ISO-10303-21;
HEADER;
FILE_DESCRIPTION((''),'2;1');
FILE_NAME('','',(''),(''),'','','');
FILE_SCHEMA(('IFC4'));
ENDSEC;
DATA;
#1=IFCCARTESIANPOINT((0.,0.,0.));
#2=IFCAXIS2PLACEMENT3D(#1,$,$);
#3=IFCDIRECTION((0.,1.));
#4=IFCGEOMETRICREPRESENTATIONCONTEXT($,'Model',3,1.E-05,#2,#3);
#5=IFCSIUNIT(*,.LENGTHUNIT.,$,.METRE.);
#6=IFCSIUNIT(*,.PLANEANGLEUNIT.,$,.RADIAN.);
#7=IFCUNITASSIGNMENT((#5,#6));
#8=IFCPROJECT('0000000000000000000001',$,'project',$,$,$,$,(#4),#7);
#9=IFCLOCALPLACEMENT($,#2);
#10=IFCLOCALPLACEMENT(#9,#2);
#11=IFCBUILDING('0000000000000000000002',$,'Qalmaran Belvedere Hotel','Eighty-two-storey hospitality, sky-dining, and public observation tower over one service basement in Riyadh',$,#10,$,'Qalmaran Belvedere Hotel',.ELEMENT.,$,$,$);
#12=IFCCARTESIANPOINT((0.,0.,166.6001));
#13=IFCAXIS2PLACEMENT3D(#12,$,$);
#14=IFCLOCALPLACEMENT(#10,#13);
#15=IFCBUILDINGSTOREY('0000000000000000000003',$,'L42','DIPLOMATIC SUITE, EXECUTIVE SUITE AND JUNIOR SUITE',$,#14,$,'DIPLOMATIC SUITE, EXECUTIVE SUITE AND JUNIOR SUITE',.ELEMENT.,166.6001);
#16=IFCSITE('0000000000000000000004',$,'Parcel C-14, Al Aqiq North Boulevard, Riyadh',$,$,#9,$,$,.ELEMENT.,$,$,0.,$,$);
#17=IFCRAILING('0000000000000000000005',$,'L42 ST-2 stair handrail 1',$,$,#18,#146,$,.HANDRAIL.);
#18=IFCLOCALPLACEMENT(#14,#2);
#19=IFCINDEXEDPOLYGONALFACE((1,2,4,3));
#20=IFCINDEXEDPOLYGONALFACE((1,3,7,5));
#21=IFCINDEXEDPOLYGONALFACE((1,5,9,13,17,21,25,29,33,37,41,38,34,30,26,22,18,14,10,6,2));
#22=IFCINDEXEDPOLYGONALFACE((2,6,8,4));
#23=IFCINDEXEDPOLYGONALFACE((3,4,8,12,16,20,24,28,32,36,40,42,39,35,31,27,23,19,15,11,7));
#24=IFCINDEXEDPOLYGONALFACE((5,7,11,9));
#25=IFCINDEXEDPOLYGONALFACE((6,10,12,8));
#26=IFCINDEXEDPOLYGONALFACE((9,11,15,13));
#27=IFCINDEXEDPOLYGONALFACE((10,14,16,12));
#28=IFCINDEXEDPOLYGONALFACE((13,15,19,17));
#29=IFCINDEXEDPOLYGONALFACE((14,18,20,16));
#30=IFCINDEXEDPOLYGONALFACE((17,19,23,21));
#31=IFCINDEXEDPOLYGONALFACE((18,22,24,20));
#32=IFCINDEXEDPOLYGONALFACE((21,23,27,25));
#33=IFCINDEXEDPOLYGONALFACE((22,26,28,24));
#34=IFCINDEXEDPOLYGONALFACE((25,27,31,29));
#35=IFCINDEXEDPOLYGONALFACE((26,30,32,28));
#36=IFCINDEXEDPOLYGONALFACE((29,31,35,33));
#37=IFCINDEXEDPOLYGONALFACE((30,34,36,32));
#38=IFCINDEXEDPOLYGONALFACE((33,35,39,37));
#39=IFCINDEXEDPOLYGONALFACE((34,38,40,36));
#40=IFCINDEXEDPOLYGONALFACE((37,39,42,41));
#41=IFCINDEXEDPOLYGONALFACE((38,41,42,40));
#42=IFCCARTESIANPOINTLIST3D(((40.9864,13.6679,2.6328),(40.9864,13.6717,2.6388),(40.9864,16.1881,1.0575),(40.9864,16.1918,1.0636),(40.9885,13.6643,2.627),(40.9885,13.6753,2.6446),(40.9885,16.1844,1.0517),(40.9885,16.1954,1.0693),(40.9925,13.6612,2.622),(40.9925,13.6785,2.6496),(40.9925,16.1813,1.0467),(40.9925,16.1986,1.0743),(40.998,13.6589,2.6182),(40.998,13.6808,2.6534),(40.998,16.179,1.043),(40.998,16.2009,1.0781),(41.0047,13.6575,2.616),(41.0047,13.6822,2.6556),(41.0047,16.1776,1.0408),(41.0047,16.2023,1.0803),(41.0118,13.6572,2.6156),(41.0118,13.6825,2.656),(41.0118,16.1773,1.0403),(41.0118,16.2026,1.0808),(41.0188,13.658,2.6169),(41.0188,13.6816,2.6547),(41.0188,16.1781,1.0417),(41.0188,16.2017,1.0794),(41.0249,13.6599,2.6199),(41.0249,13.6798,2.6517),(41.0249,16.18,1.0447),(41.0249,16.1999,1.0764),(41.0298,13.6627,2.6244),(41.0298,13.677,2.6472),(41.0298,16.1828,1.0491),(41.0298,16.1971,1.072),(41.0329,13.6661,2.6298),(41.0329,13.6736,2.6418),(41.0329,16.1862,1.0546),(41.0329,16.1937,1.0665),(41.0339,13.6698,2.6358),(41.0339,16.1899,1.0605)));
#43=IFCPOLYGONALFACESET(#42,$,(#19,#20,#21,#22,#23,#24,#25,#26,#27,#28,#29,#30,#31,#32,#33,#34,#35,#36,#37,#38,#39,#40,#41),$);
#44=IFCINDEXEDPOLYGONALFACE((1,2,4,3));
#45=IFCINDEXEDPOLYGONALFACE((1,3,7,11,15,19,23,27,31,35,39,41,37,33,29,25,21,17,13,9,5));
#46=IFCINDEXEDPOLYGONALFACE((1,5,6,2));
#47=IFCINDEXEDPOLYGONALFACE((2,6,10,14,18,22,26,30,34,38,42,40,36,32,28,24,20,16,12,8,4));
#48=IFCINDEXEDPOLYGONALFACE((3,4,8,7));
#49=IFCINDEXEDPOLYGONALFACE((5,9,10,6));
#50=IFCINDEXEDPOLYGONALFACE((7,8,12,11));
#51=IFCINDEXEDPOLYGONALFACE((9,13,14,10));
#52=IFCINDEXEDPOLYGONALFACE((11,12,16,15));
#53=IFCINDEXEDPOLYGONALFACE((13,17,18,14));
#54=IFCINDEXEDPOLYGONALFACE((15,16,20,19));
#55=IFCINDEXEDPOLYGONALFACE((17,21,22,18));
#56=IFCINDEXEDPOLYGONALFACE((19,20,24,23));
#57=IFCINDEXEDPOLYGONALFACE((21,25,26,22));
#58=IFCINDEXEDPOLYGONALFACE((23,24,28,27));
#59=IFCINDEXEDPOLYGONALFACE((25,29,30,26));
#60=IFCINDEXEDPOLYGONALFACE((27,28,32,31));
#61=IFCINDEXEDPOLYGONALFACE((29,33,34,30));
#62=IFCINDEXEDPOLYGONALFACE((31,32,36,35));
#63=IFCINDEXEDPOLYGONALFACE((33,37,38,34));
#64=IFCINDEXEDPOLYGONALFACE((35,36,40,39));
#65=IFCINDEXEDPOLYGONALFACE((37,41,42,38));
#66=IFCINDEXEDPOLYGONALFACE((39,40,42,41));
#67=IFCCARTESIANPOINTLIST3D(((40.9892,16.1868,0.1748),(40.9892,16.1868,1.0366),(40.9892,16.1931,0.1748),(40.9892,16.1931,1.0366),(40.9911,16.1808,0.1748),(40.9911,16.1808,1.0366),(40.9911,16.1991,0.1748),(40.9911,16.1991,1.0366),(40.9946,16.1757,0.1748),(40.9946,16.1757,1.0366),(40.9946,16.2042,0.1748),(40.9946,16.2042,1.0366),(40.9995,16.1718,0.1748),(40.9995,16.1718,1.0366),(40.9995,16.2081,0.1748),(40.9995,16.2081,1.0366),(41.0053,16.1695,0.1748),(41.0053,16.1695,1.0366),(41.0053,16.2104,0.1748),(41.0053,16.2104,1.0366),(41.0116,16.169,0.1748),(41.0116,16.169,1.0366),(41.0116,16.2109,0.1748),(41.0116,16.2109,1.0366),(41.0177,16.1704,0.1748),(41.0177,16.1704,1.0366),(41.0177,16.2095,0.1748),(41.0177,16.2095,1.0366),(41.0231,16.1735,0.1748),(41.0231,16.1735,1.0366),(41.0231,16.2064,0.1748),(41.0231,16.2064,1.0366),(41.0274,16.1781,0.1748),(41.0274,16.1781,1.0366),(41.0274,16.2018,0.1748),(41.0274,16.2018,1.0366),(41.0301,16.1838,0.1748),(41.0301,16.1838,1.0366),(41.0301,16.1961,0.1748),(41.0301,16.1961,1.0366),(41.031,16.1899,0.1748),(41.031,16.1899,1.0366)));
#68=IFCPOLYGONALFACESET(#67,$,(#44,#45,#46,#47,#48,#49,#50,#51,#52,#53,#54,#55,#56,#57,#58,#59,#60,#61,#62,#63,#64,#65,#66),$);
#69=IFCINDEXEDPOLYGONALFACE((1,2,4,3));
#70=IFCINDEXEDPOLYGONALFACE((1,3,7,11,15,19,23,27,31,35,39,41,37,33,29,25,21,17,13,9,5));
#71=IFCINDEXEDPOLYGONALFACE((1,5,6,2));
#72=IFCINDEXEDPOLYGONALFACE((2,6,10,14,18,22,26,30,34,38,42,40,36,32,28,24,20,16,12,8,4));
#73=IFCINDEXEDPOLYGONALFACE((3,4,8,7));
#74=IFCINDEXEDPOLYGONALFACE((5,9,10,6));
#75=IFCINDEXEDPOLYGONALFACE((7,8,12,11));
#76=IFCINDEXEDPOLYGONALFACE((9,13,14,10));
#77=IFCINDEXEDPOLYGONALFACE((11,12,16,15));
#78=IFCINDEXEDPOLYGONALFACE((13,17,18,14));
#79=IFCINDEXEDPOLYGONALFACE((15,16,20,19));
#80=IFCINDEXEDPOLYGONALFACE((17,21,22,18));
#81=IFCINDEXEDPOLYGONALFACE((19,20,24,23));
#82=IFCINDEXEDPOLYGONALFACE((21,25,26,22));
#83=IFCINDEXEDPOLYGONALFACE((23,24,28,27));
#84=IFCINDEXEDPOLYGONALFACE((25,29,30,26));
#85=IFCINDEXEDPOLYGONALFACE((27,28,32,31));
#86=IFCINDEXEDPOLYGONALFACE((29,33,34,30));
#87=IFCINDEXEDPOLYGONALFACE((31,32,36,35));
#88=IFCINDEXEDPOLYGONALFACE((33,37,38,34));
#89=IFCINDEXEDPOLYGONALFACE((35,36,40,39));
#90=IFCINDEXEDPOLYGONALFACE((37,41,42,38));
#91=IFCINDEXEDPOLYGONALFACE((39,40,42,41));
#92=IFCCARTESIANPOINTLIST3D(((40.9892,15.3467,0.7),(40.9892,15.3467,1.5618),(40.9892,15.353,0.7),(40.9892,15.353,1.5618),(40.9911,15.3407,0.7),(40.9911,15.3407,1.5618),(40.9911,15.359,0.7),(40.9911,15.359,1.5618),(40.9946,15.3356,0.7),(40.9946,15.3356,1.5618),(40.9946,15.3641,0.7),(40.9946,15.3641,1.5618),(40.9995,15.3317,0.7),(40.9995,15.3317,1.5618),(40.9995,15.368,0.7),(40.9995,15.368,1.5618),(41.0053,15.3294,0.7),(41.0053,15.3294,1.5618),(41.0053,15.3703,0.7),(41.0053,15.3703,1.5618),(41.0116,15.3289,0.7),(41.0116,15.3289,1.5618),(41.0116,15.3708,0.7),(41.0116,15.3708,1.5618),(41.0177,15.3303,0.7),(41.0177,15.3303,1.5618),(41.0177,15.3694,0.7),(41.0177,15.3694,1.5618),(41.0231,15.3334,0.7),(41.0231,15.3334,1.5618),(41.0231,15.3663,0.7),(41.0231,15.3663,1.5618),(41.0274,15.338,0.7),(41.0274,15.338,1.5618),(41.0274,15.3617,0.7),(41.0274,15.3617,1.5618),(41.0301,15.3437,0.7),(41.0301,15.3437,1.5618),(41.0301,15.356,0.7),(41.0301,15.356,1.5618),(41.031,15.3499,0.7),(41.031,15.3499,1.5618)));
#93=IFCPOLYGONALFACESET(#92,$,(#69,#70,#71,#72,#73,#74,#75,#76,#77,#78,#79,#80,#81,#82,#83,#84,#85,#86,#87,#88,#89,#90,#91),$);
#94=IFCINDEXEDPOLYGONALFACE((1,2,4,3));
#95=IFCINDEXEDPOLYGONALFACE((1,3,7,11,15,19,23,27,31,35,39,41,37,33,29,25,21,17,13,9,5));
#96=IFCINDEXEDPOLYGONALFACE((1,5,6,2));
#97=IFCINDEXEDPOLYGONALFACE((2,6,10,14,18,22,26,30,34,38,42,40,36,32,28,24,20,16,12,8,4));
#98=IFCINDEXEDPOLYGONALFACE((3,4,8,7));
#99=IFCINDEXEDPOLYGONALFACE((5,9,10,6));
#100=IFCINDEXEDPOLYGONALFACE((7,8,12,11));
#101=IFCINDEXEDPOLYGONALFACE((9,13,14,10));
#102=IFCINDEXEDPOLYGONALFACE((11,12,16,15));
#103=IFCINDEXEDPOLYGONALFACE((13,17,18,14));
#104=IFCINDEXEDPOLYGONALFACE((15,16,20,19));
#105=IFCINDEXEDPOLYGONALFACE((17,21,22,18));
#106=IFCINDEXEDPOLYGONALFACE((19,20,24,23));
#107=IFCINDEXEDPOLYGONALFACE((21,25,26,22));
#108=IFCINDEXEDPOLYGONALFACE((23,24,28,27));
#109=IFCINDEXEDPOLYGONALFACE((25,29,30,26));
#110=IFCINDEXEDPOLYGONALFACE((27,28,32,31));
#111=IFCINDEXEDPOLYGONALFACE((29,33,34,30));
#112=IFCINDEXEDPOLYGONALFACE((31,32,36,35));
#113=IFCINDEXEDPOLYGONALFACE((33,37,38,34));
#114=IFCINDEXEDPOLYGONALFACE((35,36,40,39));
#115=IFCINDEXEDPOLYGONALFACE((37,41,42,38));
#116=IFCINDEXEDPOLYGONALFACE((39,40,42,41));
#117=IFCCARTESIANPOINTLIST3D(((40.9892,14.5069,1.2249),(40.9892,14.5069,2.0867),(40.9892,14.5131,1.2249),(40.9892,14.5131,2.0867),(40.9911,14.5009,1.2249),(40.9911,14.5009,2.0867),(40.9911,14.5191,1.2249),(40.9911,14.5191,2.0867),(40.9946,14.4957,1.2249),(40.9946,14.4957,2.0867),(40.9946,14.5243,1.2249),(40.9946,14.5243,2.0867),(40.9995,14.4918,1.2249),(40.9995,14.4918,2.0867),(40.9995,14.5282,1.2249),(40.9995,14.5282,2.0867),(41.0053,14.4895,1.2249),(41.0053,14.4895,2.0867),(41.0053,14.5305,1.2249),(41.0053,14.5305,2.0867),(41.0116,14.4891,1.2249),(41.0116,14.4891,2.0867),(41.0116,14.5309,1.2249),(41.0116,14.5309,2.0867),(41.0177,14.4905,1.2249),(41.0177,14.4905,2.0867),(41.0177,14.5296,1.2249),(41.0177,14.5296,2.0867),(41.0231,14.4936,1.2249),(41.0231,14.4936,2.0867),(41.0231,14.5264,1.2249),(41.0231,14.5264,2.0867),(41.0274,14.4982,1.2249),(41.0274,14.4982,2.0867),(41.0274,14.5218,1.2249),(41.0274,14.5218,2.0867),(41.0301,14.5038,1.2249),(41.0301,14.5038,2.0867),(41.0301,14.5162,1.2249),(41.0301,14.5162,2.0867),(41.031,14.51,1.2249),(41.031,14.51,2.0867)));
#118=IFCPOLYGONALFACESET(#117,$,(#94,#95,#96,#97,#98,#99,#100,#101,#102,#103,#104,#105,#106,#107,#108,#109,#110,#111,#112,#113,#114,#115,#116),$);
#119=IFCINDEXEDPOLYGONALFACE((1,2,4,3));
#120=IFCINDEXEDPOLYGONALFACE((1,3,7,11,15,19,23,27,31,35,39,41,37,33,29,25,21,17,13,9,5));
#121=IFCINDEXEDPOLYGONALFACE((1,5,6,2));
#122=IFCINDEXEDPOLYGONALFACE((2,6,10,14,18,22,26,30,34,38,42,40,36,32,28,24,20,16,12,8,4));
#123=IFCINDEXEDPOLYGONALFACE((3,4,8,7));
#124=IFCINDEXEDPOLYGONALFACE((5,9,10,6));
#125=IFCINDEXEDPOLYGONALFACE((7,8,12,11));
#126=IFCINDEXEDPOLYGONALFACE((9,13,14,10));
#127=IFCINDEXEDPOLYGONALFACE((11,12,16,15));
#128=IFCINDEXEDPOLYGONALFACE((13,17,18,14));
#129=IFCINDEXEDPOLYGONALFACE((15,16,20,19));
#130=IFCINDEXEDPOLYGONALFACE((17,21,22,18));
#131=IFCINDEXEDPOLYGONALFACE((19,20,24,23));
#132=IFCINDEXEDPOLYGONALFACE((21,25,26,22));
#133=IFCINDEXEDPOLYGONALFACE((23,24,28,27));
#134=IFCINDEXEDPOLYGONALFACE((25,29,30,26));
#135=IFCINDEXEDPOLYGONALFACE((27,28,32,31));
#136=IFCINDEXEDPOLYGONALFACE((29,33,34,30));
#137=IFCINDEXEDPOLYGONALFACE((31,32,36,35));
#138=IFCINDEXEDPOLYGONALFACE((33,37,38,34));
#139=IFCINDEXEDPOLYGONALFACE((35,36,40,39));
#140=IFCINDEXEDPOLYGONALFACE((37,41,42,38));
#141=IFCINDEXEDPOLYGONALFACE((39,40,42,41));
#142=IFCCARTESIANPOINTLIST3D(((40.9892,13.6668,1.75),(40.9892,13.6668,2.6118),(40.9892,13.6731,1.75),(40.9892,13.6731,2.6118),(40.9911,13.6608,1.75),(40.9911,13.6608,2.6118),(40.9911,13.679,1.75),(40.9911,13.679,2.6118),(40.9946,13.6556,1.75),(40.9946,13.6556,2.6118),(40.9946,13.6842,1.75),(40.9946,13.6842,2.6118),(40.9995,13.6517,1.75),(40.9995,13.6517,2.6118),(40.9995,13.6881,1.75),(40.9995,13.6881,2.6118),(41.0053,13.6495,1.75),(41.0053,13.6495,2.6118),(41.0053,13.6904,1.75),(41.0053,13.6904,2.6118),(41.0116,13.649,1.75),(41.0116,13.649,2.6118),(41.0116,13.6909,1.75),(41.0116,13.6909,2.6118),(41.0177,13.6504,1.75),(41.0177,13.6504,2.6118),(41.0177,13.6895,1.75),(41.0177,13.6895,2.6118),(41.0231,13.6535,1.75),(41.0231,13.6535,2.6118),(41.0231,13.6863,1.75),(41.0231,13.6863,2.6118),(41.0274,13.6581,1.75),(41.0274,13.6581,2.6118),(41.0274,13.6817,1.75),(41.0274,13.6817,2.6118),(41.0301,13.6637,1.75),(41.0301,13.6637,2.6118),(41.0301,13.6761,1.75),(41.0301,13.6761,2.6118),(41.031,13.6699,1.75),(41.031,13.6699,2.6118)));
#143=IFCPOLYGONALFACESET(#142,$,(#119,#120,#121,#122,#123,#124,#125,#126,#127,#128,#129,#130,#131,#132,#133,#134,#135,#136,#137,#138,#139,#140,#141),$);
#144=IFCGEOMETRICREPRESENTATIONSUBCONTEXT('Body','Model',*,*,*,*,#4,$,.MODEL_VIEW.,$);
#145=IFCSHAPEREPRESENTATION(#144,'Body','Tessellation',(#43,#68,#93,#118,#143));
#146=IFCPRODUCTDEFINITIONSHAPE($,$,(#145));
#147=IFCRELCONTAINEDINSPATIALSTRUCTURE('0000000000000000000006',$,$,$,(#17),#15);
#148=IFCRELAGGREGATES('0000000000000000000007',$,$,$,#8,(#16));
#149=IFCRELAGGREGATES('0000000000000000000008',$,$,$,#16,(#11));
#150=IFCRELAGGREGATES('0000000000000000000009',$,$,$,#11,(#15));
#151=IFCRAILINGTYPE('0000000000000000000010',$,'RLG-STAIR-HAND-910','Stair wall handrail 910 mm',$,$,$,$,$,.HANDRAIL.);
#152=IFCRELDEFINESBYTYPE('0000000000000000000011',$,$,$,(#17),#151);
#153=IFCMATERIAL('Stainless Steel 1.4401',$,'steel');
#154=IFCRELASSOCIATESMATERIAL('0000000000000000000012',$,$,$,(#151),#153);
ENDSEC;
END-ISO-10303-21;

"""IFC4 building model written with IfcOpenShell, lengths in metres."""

from ifc_helpers import new_model, si_unit, direction, frame, origin, origin_2d, place, context, subcontext, project, spatial, circle, extrude, material, type_object, element, save


model = new_model("IFC4")

# Units and contexts
model_context = context("Model", 3, precision=1e-05, world=origin(), true_north=direction((0.0, 1.0)))
body_context = subcontext(model_context, "Body", "Model", "MODEL_VIEW")
ifc_project = project(units=[si_unit("LENGTHUNIT", "METRE"), si_unit("PLANEANGLEUNIT", "RADIAN")], contexts=[model_context])

# Site, building, storey
site_placement = place(None, origin())
site = spatial("IfcSite", under=ifc_project, at=site_placement, Name="Parcel C-14, Al Aqiq North Boulevard, Riyadh", CompositionType="ELEMENT", RefElevation=0.0)
building_placement = place(site_placement, origin())
building = spatial("IfcBuilding", under=site, at=building_placement, Name="Qalmaran Belvedere Hotel", Description="Eighty-two-storey hospitality, sky-dining, and public observation tower over one service basement in Riyadh", LongName="Qalmaran Belvedere Hotel", CompositionType="ELEMENT")
storey_placement = place(building_placement, frame((0.0, 0.0, 166.6001)))
storey = spatial("IfcBuildingStorey", under=building, at=storey_placement, Name="L42", Description="DIPLOMATIC SUITE, EXECUTIVE SUITE AND JUNIOR SUITE", LongName="DIPLOMATIC SUITE, EXECUTIVE SUITE AND JUNIOR SUITE", CompositionType="ELEMENT", Elevation=166.6001)

# Shared definitions
ifc_material_1 = material(Name="Stainless Steel 1.4401", Category="steel")

# Railing
railing_type_1 = type_object("IfcRailingType", Name="RLG-STAIR-HAND-910", Description="Stair wall handrail 910 mm", PredefinedType="HANDRAIL", material=ifc_material_1)
railing_1_placement = place(storey_placement, frame((41.01, 16.1899, 0.1748)))
element("IfcRailing", 1, at=railing_1_placement, inside=storey, type_object=railing_type_1, Name="L42 ST-2 stair handrail 1", PredefinedType="HANDRAIL", context=body_context, shape_type="SweptSolid", body=[
    extrude(circle(Radius=0.0239, at=origin_2d()), frame((0.0, 0.0, 0.8857), z_axis=(0.0, -0.847971, 0.530043), x_axis=(1.0, 0.0, 0.0)), (0.0, 0.0, 1.0), 2.9719),
    extrude(circle(Radius=0.021, at=origin_2d()), origin(), (0.0, 0.0, 1.0), 0.8618),
    extrude(circle(Radius=0.021, at=origin_2d()), frame((0.0, -0.8401, 0.5251)), (0.0, 0.0, 1.0), 0.8618),
    extrude(circle(Radius=0.021, at=origin_2d()), frame((0.0, -1.6799, 1.05)), (0.0, 0.0, 1.0), 0.8618),
    extrude(circle(Radius=0.021, at=origin_2d()), frame((0.0, -2.52, 1.5752)), (0.0, 0.0, 1.0), 0.8618),
])

save(model, "model.ifc")
